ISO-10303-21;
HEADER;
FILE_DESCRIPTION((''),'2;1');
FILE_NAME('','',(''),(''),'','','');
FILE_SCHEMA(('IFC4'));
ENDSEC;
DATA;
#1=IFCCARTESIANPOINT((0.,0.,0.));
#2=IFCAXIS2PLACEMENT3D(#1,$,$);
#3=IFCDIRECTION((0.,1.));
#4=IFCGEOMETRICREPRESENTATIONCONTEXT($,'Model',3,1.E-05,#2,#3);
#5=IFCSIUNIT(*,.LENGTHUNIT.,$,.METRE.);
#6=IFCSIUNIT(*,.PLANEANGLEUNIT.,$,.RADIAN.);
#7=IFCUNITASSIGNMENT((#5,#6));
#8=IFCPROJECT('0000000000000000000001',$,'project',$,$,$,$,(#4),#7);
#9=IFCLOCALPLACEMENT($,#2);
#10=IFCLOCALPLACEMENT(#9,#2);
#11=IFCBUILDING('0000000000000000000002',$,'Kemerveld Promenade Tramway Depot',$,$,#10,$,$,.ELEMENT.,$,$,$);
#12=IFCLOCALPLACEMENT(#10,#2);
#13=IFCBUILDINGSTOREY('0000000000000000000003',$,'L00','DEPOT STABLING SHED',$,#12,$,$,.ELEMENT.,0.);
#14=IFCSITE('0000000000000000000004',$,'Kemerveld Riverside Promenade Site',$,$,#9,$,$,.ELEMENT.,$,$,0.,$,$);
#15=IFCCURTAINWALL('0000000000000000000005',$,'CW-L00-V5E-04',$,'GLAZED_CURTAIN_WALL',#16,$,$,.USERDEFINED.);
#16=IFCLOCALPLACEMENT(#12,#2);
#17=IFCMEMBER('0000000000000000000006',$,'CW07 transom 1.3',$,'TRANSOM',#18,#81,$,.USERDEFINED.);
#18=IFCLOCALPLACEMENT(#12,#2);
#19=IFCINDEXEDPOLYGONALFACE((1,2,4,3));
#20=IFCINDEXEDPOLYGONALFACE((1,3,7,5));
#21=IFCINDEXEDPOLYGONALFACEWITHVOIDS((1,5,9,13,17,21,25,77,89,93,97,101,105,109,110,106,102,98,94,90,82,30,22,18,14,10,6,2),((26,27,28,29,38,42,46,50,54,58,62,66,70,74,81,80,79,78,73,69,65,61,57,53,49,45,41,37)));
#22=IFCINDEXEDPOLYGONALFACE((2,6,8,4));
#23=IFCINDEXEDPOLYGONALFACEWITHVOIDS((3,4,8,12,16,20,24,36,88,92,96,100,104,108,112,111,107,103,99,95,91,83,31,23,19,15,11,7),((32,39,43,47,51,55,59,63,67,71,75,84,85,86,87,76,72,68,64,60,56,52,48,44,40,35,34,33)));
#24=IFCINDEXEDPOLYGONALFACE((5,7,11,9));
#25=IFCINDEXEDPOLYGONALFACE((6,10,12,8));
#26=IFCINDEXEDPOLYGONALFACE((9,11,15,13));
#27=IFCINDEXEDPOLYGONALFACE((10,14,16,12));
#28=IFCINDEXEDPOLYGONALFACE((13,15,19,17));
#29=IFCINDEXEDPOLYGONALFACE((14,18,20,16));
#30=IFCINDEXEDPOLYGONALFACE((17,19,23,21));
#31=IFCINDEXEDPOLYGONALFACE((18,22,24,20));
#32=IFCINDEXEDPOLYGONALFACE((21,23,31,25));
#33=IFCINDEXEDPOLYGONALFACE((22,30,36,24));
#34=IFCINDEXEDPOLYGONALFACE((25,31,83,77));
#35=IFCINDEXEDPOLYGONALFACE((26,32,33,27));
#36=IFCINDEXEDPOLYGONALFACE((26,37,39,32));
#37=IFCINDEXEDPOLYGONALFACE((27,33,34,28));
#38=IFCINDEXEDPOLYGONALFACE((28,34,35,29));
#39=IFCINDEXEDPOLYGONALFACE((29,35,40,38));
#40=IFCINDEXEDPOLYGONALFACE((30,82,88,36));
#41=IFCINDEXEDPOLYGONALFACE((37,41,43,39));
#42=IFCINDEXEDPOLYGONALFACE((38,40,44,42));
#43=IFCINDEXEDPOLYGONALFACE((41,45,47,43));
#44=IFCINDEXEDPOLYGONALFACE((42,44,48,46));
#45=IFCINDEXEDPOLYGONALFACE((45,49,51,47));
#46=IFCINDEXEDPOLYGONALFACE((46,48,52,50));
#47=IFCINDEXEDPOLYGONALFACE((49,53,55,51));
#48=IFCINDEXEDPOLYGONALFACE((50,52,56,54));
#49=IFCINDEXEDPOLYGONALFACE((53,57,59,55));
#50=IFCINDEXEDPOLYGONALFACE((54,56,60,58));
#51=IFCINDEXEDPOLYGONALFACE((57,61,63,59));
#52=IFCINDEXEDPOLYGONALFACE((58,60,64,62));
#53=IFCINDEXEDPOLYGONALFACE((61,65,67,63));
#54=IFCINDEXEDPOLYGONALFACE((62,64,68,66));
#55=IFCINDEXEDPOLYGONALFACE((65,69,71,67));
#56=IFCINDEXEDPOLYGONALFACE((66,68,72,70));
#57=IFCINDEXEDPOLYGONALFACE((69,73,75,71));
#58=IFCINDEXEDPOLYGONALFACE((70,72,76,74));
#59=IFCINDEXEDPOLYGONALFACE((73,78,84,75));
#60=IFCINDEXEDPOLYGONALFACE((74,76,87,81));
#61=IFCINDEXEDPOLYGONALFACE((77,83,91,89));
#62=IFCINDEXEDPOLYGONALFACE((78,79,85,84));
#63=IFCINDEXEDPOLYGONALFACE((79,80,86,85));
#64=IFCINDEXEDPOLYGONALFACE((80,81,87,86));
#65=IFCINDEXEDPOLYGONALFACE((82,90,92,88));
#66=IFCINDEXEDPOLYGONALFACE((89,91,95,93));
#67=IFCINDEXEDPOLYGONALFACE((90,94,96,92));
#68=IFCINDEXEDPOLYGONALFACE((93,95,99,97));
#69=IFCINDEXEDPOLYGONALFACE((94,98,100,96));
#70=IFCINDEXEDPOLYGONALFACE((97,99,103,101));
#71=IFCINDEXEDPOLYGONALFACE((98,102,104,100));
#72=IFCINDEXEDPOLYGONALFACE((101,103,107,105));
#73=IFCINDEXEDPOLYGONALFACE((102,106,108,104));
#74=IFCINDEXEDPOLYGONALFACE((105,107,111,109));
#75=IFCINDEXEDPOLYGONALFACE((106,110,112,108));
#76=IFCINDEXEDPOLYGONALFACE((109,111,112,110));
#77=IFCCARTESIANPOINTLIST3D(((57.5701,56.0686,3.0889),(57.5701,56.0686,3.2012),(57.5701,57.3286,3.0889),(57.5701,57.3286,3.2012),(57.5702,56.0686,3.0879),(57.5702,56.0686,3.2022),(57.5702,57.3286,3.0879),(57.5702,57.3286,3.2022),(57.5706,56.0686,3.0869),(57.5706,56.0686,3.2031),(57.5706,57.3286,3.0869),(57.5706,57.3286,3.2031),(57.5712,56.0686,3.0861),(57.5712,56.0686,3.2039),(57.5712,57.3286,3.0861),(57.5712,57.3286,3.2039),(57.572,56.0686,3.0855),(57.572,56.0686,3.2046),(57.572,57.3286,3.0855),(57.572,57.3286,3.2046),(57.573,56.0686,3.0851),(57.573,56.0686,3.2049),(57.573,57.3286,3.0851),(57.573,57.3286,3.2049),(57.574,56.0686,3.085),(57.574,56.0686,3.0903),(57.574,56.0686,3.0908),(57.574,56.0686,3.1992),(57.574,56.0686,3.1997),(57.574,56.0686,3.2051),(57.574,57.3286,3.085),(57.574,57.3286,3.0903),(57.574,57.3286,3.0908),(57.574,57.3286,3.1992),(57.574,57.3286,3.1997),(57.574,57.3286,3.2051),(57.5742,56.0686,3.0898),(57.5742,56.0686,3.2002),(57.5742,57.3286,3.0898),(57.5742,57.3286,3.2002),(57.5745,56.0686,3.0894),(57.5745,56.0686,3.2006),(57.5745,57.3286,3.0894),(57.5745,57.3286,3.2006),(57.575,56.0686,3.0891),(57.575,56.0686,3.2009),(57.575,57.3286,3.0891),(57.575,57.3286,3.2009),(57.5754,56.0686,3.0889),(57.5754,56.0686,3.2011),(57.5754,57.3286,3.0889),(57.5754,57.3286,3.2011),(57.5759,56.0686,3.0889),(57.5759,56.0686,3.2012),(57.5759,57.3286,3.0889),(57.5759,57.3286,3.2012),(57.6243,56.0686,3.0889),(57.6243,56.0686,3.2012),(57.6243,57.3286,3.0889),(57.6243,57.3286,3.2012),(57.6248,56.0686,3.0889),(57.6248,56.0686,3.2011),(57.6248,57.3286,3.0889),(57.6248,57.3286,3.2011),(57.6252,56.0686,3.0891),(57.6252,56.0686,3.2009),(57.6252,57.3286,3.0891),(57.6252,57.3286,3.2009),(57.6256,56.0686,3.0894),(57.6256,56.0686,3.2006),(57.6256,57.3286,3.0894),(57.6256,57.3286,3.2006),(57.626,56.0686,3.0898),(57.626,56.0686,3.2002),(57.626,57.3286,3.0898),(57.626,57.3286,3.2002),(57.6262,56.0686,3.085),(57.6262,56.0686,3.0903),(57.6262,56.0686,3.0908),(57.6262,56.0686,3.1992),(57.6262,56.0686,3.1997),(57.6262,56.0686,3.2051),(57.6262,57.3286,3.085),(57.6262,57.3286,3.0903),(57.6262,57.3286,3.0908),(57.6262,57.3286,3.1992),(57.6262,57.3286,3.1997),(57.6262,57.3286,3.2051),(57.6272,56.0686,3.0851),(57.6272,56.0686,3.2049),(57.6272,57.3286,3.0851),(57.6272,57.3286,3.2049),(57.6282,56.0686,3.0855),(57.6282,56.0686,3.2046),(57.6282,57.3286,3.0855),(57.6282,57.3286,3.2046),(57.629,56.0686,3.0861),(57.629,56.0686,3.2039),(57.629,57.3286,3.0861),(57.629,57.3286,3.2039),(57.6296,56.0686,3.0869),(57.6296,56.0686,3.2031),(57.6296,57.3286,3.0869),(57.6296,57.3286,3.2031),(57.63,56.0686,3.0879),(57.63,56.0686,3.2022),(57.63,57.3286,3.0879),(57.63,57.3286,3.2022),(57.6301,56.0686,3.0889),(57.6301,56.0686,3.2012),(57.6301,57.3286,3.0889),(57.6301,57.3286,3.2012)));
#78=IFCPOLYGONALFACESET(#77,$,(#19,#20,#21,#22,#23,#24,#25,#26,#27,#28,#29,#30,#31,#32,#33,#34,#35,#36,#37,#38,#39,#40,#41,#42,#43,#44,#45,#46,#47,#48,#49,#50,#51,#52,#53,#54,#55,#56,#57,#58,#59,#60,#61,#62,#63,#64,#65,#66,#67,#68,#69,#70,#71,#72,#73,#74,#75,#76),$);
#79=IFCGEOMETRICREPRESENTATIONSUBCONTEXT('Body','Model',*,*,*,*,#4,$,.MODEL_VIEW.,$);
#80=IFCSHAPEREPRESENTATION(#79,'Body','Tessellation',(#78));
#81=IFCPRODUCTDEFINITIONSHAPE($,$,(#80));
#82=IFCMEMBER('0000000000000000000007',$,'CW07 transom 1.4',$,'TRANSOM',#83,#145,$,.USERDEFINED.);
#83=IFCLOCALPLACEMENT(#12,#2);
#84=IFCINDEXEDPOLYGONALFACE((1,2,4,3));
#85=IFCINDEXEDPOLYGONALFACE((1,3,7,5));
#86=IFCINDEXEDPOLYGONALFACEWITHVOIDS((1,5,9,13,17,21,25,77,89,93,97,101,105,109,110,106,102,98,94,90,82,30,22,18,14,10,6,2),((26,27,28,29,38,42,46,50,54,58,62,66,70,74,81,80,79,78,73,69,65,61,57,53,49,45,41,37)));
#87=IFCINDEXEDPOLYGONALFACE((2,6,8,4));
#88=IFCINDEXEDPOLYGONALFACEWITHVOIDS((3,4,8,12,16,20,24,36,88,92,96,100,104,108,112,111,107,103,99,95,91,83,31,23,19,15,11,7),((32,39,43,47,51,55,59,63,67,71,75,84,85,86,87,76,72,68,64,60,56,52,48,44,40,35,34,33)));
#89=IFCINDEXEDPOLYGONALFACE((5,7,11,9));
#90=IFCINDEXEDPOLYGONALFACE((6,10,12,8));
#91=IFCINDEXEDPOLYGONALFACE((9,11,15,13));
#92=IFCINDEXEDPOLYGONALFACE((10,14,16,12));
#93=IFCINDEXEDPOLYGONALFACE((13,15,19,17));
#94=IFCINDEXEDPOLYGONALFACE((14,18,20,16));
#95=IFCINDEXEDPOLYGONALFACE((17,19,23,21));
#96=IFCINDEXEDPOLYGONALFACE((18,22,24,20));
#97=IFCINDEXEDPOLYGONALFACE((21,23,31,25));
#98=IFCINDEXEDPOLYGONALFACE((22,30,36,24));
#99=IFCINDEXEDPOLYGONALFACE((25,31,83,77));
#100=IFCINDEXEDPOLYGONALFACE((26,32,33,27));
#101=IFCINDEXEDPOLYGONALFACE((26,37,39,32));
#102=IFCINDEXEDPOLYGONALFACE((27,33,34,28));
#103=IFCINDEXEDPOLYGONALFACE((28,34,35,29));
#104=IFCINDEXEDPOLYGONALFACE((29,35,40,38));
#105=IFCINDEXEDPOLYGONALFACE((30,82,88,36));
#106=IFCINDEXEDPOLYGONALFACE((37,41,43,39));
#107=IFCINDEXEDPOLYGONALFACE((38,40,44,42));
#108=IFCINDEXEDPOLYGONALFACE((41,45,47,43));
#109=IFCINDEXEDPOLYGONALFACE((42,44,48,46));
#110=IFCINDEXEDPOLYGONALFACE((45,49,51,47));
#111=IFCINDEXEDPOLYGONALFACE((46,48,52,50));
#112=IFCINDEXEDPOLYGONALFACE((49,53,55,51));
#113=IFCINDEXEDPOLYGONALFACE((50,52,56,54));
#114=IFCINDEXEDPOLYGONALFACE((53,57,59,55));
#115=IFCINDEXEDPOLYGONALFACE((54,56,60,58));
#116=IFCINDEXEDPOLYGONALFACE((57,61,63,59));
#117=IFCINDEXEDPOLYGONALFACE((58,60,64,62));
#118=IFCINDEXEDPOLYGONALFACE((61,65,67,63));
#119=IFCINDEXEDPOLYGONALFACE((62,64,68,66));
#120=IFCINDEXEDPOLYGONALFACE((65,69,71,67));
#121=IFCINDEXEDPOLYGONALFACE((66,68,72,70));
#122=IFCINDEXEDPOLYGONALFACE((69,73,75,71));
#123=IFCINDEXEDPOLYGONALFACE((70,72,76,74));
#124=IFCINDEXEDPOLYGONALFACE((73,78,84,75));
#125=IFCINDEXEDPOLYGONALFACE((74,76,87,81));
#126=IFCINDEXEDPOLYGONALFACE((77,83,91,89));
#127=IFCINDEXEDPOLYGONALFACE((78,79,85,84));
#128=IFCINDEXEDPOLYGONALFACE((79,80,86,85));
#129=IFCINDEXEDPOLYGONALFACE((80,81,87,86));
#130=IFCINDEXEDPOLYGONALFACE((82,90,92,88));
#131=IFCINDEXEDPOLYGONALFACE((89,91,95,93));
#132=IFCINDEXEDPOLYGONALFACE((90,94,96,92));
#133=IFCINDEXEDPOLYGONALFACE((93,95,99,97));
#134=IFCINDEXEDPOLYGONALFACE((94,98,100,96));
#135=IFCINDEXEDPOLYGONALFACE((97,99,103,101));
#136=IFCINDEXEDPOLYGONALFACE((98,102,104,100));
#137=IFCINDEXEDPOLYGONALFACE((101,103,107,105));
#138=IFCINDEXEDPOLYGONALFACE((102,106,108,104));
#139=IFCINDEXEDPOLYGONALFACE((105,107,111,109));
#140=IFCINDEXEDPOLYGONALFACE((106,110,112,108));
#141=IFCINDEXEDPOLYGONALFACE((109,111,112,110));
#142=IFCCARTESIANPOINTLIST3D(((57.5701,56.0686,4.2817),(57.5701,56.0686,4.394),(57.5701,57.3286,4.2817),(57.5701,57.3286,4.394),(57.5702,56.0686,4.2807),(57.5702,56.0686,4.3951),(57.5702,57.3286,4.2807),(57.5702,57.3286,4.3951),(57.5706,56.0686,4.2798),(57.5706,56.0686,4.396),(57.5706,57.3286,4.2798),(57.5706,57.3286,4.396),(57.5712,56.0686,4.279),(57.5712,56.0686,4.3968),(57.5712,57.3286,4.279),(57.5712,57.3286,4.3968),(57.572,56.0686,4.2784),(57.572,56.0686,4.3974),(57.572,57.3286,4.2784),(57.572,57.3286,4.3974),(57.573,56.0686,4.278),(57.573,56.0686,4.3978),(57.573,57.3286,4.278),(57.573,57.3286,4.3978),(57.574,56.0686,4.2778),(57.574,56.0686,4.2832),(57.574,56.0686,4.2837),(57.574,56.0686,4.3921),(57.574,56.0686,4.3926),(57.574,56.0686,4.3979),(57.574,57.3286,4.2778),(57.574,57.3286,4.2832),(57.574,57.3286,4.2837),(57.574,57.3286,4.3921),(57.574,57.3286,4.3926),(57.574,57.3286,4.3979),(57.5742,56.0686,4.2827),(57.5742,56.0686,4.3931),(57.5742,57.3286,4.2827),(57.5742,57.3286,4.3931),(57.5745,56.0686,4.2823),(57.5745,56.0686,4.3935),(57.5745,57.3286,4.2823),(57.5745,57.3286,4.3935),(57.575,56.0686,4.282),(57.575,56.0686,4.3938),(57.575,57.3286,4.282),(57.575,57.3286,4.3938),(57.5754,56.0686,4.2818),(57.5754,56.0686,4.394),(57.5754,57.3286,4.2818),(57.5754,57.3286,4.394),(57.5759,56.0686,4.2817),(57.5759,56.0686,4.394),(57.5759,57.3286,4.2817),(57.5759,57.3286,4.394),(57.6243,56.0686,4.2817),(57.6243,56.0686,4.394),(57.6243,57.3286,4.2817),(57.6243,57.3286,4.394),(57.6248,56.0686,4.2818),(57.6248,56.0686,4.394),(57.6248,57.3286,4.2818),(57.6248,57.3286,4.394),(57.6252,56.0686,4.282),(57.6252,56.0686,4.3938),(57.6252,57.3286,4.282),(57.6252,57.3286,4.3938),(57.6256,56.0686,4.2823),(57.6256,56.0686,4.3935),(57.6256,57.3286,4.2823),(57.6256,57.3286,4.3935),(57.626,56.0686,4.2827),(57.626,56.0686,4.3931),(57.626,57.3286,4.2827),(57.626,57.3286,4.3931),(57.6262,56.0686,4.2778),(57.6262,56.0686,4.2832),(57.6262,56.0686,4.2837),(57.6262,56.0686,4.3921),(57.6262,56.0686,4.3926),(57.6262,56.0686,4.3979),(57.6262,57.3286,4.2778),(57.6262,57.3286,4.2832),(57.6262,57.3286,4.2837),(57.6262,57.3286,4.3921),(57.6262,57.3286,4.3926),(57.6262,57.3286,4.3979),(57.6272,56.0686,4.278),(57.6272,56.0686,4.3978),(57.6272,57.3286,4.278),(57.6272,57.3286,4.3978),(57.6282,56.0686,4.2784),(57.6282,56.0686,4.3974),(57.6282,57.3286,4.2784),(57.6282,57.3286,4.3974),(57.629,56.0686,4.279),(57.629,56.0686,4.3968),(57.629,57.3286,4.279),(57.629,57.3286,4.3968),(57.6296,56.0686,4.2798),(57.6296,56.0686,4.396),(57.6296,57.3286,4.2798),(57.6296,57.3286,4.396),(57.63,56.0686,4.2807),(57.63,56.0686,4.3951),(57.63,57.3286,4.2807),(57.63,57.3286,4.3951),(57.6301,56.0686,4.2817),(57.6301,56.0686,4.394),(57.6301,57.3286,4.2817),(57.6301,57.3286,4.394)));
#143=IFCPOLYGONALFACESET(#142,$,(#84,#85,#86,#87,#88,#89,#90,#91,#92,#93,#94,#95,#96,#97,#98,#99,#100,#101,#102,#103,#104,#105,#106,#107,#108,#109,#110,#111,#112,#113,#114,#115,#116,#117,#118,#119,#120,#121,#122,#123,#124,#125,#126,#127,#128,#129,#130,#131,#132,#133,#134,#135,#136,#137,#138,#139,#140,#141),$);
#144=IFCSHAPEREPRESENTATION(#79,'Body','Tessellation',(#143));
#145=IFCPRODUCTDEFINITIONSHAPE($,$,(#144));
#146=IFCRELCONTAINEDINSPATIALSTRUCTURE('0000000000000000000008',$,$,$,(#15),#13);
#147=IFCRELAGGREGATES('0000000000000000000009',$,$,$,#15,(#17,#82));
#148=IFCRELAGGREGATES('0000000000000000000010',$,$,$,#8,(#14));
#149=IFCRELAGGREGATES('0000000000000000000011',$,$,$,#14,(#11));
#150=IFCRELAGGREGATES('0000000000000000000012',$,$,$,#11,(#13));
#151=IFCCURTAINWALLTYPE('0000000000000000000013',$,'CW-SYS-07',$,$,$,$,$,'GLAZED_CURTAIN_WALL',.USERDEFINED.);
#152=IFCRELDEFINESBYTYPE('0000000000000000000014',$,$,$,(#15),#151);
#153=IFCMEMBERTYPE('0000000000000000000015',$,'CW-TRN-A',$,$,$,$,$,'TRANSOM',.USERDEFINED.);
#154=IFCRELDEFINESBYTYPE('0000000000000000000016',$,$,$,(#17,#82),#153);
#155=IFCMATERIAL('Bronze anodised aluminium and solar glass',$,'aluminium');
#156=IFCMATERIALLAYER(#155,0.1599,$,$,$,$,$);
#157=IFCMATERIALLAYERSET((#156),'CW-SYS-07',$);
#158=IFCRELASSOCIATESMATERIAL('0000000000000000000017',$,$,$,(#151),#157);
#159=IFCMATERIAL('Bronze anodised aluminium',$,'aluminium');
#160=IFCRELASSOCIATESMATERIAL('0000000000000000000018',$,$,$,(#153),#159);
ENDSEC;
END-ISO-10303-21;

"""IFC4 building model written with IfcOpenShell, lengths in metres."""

from ifc_helpers import new_model, si_unit, direction, frame, origin, origin_2d, place, context, subcontext, project, spatial, hollow_rectangle, extrude, material, layer, layer_set, material_profile, profile_set, type_object, element, aggregate, save


model = new_model("IFC4")

# Units and contexts
model_context = context("Model", 3, precision=1e-05, world=origin(), true_north=direction((0.0, 1.0)))
body_context = subcontext(model_context, "Body", "Model", "MODEL_VIEW")
ifc_project = project(units=[si_unit("LENGTHUNIT", "METRE"), si_unit("PLANEANGLEUNIT", "RADIAN")], contexts=[model_context])

# Site, building, storey
site_placement = place(None, origin())
site = spatial("IfcSite", under=ifc_project, at=site_placement, Name="Kemerveld Riverside Promenade Site", CompositionType="ELEMENT", RefElevation=0.0)
building_placement = place(site_placement, origin())
building = spatial("IfcBuilding", under=site, at=building_placement, Name="Kemerveld Promenade Tramway Depot", CompositionType="ELEMENT")
storey_placement = place(building_placement, origin())
storey = spatial("IfcBuildingStorey", under=building, at=storey_placement, Name="L00", Description="DEPOT STABLING SHED", CompositionType="ELEMENT", Elevation=0.0)

# Curtain wall, members
ifc_material_1 = material(Name="Bronze anodised aluminium and solar glass", Category="aluminium")
ifc_layer_1 = layer(ifc_material_1, 0.1599)
ifc_layer_set_1 = layer_set([ifc_layer_1], Name="CW-SYS-07")
curtain_wall_type = type_object("IfcCurtainWallType", Name="CW-SYS-07", ElementType="GLAZED_CURTAIN_WALL", PredefinedType="USERDEFINED", material=ifc_layer_set_1)
curtain_wall_placement = place(storey_placement, origin())
curtain_wall = element("IfcCurtainWall", 1, at=curtain_wall_placement, inside=storey, type_object=curtain_wall_type, Name="CW-L00-V5E-04", ObjectType="GLAZED_CURTAIN_WALL", PredefinedType="USERDEFINED")
ifc_material_2 = material(Name="Bronze anodised aluminium", Category="aluminium")
ifc_material_profile_1 = material_profile(ifc_material_2, hollow_rectangle(XDim=0.0601, YDim=0.1201, WallThickness=0.0039, InnerFilletRadius=0.002, OuterFilletRadius=0.0039, at=origin_2d()), Name="CW-TRN-120x60")
ifc_profile_set_1 = profile_set([ifc_material_profile_1], Name="Bronze anodised aluminium")
member_type_1 = type_object("IfcMemberType", Name="CW-TRN-A", ElementType="TRANSOM", PredefinedType="USERDEFINED", material=ifc_profile_set_1)
member_1_placement = place(storey_placement, frame((57.6001, 57.3286, 3.145), z_axis=(0.0, -1.0, 0.0), x_axis=(1.0, 0.0, 0.0)))
member_1 = element("IfcMember", 2, at=member_1_placement, type_object=member_type_1, Name="CW07 transom 1.3", ObjectType="TRANSOM", PredefinedType="USERDEFINED", context=body_context, shape_type="SweptSolid", body=[
    extrude(hollow_rectangle(XDim=0.0601, YDim=0.1201, WallThickness=0.0039, InnerFilletRadius=0.002, OuterFilletRadius=0.0039, at=origin_2d()), origin(), (0.0, 0.0, 1.0), 1.26),
])
member_2_placement = place(storey_placement, frame((57.6001, 57.3286, 4.3379), z_axis=(0.0, -1.0, 0.0), x_axis=(1.0, 0.0, 0.0)))
member_2 = element("IfcMember", 3, at=member_2_placement, type_object=member_type_1, Name="CW07 transom 1.4", ObjectType="TRANSOM", PredefinedType="USERDEFINED", context=body_context, shape_type="SweptSolid", body=[
    extrude(hollow_rectangle(XDim=0.0601, YDim=0.1201, WallThickness=0.0039, InnerFilletRadius=0.002, OuterFilletRadius=0.0039, at=origin_2d()), origin(), (0.0, 0.0, 1.0), 1.26),
])
aggregate(curtain_wall, [member_1, member_2])

save(model, "model.ifc")
